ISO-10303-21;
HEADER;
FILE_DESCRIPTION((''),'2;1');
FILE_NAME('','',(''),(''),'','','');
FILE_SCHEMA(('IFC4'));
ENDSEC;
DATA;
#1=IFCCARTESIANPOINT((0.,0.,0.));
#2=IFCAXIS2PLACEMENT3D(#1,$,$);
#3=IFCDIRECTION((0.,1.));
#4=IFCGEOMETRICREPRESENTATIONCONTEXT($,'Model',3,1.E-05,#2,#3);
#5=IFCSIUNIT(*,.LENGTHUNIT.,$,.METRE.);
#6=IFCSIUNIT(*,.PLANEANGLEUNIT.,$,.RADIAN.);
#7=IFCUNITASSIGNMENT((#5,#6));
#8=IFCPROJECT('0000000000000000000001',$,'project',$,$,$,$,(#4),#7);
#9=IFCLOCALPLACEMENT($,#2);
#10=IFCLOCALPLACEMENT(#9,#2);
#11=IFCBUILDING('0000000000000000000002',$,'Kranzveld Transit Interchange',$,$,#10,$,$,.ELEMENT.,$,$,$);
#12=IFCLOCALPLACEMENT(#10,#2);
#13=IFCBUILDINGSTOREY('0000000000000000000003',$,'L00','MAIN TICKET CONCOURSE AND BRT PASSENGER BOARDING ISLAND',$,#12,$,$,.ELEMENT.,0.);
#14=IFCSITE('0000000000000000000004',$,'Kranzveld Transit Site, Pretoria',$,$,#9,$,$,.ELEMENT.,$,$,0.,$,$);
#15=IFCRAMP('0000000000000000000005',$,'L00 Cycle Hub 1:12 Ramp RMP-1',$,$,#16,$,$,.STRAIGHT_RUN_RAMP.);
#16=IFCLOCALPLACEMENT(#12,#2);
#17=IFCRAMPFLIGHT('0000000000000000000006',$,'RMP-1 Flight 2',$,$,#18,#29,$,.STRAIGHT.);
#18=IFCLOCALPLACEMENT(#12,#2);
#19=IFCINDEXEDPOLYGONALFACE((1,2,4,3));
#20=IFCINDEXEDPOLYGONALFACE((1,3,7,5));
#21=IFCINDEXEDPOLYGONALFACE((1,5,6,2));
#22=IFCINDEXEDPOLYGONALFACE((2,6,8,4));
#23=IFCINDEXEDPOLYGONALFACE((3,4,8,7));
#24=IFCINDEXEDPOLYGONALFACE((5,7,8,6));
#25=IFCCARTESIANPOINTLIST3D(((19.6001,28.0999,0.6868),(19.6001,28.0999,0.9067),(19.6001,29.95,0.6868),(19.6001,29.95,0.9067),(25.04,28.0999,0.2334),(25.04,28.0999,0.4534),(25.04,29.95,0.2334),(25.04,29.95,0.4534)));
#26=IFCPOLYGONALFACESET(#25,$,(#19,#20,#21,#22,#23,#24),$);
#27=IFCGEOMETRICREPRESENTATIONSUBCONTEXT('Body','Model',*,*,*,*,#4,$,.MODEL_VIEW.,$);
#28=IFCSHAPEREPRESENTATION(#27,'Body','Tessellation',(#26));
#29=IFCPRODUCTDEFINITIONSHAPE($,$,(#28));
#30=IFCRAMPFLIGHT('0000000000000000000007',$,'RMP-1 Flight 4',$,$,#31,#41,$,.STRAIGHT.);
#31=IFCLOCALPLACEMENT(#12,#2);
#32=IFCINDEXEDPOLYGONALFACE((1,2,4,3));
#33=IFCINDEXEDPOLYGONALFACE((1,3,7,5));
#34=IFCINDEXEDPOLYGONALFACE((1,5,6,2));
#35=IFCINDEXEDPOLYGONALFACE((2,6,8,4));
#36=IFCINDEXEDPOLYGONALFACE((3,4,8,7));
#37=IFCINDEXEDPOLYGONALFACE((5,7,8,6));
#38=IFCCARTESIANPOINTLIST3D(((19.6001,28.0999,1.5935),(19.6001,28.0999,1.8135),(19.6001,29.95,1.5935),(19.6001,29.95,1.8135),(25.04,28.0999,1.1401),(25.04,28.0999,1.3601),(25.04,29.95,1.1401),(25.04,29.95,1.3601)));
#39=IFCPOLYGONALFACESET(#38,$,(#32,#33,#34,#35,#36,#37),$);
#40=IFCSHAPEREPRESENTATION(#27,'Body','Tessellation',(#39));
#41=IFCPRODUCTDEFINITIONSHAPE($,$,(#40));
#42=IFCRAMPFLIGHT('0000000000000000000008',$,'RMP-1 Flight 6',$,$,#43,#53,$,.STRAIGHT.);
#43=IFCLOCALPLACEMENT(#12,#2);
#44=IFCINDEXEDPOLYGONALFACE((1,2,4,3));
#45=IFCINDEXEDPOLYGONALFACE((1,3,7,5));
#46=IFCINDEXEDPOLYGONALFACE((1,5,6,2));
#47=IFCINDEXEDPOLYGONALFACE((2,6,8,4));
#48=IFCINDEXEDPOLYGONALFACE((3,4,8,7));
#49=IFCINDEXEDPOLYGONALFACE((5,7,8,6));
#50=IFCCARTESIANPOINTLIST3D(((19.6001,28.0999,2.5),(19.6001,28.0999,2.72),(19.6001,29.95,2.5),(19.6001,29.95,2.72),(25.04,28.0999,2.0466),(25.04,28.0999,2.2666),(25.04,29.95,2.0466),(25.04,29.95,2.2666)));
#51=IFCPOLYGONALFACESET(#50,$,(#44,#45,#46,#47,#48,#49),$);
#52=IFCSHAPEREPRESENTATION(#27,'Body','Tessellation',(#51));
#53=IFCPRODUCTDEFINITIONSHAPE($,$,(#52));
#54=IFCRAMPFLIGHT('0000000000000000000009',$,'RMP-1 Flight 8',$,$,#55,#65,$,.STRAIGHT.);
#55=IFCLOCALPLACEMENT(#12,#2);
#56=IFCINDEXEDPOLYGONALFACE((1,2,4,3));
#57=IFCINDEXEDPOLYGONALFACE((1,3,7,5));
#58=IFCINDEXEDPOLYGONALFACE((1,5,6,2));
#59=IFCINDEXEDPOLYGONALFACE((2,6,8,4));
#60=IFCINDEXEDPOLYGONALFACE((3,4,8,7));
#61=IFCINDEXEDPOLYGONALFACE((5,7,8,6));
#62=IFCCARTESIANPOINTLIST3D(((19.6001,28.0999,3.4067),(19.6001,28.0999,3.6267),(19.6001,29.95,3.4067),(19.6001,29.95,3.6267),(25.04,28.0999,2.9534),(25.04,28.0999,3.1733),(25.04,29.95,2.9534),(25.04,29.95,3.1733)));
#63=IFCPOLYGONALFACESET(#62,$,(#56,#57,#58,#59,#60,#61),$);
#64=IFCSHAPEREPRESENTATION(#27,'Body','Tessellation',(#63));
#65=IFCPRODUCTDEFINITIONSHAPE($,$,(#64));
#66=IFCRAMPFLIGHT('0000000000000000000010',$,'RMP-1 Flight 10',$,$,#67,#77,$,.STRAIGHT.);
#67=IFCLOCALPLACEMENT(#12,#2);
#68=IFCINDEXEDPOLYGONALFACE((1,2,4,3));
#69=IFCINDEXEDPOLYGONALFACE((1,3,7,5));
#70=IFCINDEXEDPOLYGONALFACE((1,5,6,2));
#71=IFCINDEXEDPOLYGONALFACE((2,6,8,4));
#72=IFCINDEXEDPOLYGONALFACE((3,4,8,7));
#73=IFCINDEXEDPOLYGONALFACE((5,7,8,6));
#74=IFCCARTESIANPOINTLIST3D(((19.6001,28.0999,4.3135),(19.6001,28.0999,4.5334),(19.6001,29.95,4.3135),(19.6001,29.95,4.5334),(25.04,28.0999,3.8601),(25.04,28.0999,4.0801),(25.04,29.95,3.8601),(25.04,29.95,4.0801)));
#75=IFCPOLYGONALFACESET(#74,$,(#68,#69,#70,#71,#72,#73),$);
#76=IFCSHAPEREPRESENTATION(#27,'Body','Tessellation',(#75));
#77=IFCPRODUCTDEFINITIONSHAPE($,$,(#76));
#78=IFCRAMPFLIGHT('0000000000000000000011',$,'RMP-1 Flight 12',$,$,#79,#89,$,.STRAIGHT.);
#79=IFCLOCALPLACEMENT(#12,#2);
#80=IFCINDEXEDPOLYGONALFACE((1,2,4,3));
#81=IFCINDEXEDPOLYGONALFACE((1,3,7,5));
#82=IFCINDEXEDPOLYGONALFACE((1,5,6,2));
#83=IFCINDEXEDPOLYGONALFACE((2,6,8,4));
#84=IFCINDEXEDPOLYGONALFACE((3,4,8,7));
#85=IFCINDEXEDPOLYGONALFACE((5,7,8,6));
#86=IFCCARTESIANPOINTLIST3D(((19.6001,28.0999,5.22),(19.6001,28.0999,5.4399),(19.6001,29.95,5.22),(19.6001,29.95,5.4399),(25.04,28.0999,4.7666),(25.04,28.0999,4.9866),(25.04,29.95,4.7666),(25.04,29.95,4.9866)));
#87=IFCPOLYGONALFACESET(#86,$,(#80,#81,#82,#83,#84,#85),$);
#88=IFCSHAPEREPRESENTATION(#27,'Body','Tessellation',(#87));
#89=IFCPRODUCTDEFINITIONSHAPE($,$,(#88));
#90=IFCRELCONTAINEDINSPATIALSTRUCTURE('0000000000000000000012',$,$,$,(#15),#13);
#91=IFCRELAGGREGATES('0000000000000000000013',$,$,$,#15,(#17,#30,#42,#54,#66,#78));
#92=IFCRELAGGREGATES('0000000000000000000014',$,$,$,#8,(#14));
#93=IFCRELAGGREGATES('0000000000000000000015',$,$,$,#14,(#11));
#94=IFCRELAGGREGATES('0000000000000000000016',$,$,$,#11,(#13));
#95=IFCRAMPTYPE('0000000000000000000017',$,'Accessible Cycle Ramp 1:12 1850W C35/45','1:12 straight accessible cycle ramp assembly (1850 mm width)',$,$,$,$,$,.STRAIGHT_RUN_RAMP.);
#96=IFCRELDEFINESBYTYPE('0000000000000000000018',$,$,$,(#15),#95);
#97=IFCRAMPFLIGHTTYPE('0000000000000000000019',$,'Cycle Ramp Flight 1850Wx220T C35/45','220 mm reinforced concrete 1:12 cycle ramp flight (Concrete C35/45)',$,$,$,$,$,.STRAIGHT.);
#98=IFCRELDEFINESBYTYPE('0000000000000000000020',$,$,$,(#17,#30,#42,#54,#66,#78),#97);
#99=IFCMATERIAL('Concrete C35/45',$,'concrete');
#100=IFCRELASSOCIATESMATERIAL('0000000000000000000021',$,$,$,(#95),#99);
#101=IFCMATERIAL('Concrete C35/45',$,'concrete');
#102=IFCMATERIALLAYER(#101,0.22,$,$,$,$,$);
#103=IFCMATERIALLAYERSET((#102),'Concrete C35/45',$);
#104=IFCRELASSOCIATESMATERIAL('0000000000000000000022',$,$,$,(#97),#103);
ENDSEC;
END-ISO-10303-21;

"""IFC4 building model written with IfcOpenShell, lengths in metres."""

from ifc_helpers import new_model, si_unit, direction, frame, origin, place, context, subcontext, project, spatial, polyline, outline, extrude, material, layer, layer_set, type_object, element, aggregate, save


model = new_model("IFC4")

# Units and contexts
model_context = context("Model", 3, precision=1e-05, world=origin(), true_north=direction((0.0, 1.0)))
body_context = subcontext(model_context, "Body", "Model", "MODEL_VIEW")
ifc_project = project(units=[si_unit("LENGTHUNIT", "METRE"), si_unit("PLANEANGLEUNIT", "RADIAN")], contexts=[model_context])

# Site, building, storey
site_placement = place(None, origin())
site = spatial("IfcSite", under=ifc_project, at=site_placement, Name="Kranzveld Transit Site, Pretoria", CompositionType="ELEMENT", RefElevation=0.0)
building_placement = place(site_placement, origin())
building = spatial("IfcBuilding", under=site, at=building_placement, Name="Kranzveld Transit Interchange", CompositionType="ELEMENT")
storey_placement = place(building_placement, origin())
storey = spatial("IfcBuildingStorey", under=building, at=storey_placement, Name="L00", Description="MAIN TICKET CONCOURSE AND BRT PASSENGER BOARDING ISLAND", CompositionType="ELEMENT", Elevation=0.0)

# Ramp, ramp flights
ifc_material_1 = material(Name="Concrete C35/45", Category="concrete")
ramp_type = type_object("IfcRampType", Name="Accessible Cycle Ramp 1:12 1850W C35/45", Description="1:12 straight accessible cycle ramp assembly (1850 mm width)", PredefinedType="STRAIGHT_RUN_RAMP", material=ifc_material_1)
ramp_placement = place(storey_placement, origin())
ramp = element("IfcRamp", 1, at=ramp_placement, inside=storey, type_object=ramp_type, Name="L00 Cycle Hub 1:12 Ramp RMP-1", PredefinedType="STRAIGHT_RUN_RAMP")
ifc_material_2 = material(Name="Concrete C35/45", Category="concrete")
ifc_layer_1 = layer(ifc_material_2, 0.22)
ifc_layer_set_1 = layer_set([ifc_layer_1], Name="Concrete C35/45")
ramp_flight_type = type_object("IfcRampFlightType", Name="Cycle Ramp Flight 1850Wx220T C35/45", Description="220 mm reinforced concrete 1:12 cycle ramp flight (Concrete C35/45)", PredefinedType="STRAIGHT", material=ifc_layer_set_1)
ramp_flight_1_placement = place(storey_placement, frame((25.04, 29.0249, 0.4534), z_axis=(0.0, 0.0, 1.0), x_axis=(-1.0, 0.0, 0.0)))
ramp_flight_1 = element("IfcRampFlight", 2, at=ramp_flight_1_placement, type_object=ramp_flight_type, Name="RMP-1 Flight 2", PredefinedType="STRAIGHT", context=body_context, shape_type="SweptSolid", body=[
    extrude(outline(polyline([(0.0, -0.22), (0.0, 0.0), (5.4399, 0.4534), (5.4399, 0.2334), (0.0, -0.22)])), frame((0.0, 0.925, 0.0), z_axis=(0.0, -1.0, 0.0), x_axis=(1.0, 0.0, 0.0)), (0.0, 0.0, 1.0), 1.8501),
])
ramp_flight_2_placement = place(storey_placement, frame((25.04, 29.0249, 1.3601), z_axis=(0.0, 0.0, 1.0), x_axis=(-1.0, 0.0, 0.0)))
ramp_flight_2 = element("IfcRampFlight", 3, at=ramp_flight_2_placement, type_object=ramp_flight_type, Name="RMP-1 Flight 4", PredefinedType="STRAIGHT", context=body_context, shape_type="SweptSolid", body=[
    extrude(outline(polyline([(0.0, -0.22), (0.0, 0.0), (5.4399, 0.4534), (5.4399, 0.2334), (0.0, -0.22)])), frame((0.0, 0.925, 0.0), z_axis=(0.0, -1.0, 0.0), x_axis=(1.0, 0.0, 0.0)), (0.0, 0.0, 1.0), 1.8501),
])
ramp_flight_3_placement = place(storey_placement, frame((25.04, 29.0249, 2.2666), z_axis=(0.0, 0.0, 1.0), x_axis=(-1.0, 0.0, 0.0)))
ramp_flight_3 = element("IfcRampFlight", 4, at=ramp_flight_3_placement, type_object=ramp_flight_type, Name="RMP-1 Flight 6", PredefinedType="STRAIGHT", context=body_context, shape_type="SweptSolid", body=[
    extrude(outline(polyline([(0.0, -0.22), (0.0, 0.0), (5.4399, 0.4534), (5.4399, 0.2334), (0.0, -0.22)])), frame((0.0, 0.925, 0.0), z_axis=(0.0, -1.0, 0.0), x_axis=(1.0, 0.0, 0.0)), (0.0, 0.0, 1.0), 1.8501),
])
ramp_flight_4_placement = place(storey_placement, frame((25.04, 29.0249, 3.1733), z_axis=(0.0, 0.0, 1.0), x_axis=(-1.0, 0.0, 0.0)))
ramp_flight_4 = element("IfcRampFlight", 5, at=ramp_flight_4_placement, type_object=ramp_flight_type, Name="RMP-1 Flight 8", PredefinedType="STRAIGHT", context=body_context, shape_type="SweptSolid", body=[
    extrude(outline(polyline([(0.0, -0.22), (0.0, 0.0), (5.4399, 0.4534), (5.4399, 0.2334), (0.0, -0.22)])), frame((0.0, 0.925, 0.0), z_axis=(0.0, -1.0, 0.0), x_axis=(1.0, 0.0, 0.0)), (0.0, 0.0, 1.0), 1.8501),
])
ramp_flight_5_placement = place(storey_placement, frame((25.04, 29.0249, 4.0801), z_axis=(0.0, 0.0, 1.0), x_axis=(-1.0, 0.0, 0.0)))
ramp_flight_5 = element("IfcRampFlight", 6, at=ramp_flight_5_placement, type_object=ramp_flight_type, Name="RMP-1 Flight 10", PredefinedType="STRAIGHT", context=body_context, shape_type="SweptSolid", body=[
    extrude(outline(polyline([(0.0, -0.22), (0.0, 0.0), (5.4399, 0.4534), (5.4399, 0.2334), (0.0, -0.22)])), frame((0.0, 0.925, 0.0), z_axis=(0.0, -1.0, 0.0), x_axis=(1.0, 0.0, 0.0)), (0.0, 0.0, 1.0), 1.8501),
])
ramp_flight_6_placement = place(storey_placement, frame((25.04, 29.0249, 4.9866), z_axis=(0.0, 0.0, 1.0), x_axis=(-1.0, 0.0, 0.0)))
ramp_flight_6 = element("IfcRampFlight", 7, at=ramp_flight_6_placement, type_object=ramp_flight_type, Name="RMP-1 Flight 12", PredefinedType="STRAIGHT", context=body_context, shape_type="SweptSolid", body=[
    extrude(outline(polyline([(0.0, -0.22), (0.0, 0.0), (5.4399, 0.4534), (5.4399, 0.2334), (0.0, -0.22)])), frame((0.0, 0.925, 0.0), z_axis=(0.0, -1.0, 0.0), x_axis=(1.0, 0.0, 0.0)), (0.0, 0.0, 1.0), 1.8501),
])
aggregate(ramp, [ramp_flight_1, ramp_flight_2, ramp_flight_3, ramp_flight_4, ramp_flight_5, ramp_flight_6])

save(model, "model.ifc")
